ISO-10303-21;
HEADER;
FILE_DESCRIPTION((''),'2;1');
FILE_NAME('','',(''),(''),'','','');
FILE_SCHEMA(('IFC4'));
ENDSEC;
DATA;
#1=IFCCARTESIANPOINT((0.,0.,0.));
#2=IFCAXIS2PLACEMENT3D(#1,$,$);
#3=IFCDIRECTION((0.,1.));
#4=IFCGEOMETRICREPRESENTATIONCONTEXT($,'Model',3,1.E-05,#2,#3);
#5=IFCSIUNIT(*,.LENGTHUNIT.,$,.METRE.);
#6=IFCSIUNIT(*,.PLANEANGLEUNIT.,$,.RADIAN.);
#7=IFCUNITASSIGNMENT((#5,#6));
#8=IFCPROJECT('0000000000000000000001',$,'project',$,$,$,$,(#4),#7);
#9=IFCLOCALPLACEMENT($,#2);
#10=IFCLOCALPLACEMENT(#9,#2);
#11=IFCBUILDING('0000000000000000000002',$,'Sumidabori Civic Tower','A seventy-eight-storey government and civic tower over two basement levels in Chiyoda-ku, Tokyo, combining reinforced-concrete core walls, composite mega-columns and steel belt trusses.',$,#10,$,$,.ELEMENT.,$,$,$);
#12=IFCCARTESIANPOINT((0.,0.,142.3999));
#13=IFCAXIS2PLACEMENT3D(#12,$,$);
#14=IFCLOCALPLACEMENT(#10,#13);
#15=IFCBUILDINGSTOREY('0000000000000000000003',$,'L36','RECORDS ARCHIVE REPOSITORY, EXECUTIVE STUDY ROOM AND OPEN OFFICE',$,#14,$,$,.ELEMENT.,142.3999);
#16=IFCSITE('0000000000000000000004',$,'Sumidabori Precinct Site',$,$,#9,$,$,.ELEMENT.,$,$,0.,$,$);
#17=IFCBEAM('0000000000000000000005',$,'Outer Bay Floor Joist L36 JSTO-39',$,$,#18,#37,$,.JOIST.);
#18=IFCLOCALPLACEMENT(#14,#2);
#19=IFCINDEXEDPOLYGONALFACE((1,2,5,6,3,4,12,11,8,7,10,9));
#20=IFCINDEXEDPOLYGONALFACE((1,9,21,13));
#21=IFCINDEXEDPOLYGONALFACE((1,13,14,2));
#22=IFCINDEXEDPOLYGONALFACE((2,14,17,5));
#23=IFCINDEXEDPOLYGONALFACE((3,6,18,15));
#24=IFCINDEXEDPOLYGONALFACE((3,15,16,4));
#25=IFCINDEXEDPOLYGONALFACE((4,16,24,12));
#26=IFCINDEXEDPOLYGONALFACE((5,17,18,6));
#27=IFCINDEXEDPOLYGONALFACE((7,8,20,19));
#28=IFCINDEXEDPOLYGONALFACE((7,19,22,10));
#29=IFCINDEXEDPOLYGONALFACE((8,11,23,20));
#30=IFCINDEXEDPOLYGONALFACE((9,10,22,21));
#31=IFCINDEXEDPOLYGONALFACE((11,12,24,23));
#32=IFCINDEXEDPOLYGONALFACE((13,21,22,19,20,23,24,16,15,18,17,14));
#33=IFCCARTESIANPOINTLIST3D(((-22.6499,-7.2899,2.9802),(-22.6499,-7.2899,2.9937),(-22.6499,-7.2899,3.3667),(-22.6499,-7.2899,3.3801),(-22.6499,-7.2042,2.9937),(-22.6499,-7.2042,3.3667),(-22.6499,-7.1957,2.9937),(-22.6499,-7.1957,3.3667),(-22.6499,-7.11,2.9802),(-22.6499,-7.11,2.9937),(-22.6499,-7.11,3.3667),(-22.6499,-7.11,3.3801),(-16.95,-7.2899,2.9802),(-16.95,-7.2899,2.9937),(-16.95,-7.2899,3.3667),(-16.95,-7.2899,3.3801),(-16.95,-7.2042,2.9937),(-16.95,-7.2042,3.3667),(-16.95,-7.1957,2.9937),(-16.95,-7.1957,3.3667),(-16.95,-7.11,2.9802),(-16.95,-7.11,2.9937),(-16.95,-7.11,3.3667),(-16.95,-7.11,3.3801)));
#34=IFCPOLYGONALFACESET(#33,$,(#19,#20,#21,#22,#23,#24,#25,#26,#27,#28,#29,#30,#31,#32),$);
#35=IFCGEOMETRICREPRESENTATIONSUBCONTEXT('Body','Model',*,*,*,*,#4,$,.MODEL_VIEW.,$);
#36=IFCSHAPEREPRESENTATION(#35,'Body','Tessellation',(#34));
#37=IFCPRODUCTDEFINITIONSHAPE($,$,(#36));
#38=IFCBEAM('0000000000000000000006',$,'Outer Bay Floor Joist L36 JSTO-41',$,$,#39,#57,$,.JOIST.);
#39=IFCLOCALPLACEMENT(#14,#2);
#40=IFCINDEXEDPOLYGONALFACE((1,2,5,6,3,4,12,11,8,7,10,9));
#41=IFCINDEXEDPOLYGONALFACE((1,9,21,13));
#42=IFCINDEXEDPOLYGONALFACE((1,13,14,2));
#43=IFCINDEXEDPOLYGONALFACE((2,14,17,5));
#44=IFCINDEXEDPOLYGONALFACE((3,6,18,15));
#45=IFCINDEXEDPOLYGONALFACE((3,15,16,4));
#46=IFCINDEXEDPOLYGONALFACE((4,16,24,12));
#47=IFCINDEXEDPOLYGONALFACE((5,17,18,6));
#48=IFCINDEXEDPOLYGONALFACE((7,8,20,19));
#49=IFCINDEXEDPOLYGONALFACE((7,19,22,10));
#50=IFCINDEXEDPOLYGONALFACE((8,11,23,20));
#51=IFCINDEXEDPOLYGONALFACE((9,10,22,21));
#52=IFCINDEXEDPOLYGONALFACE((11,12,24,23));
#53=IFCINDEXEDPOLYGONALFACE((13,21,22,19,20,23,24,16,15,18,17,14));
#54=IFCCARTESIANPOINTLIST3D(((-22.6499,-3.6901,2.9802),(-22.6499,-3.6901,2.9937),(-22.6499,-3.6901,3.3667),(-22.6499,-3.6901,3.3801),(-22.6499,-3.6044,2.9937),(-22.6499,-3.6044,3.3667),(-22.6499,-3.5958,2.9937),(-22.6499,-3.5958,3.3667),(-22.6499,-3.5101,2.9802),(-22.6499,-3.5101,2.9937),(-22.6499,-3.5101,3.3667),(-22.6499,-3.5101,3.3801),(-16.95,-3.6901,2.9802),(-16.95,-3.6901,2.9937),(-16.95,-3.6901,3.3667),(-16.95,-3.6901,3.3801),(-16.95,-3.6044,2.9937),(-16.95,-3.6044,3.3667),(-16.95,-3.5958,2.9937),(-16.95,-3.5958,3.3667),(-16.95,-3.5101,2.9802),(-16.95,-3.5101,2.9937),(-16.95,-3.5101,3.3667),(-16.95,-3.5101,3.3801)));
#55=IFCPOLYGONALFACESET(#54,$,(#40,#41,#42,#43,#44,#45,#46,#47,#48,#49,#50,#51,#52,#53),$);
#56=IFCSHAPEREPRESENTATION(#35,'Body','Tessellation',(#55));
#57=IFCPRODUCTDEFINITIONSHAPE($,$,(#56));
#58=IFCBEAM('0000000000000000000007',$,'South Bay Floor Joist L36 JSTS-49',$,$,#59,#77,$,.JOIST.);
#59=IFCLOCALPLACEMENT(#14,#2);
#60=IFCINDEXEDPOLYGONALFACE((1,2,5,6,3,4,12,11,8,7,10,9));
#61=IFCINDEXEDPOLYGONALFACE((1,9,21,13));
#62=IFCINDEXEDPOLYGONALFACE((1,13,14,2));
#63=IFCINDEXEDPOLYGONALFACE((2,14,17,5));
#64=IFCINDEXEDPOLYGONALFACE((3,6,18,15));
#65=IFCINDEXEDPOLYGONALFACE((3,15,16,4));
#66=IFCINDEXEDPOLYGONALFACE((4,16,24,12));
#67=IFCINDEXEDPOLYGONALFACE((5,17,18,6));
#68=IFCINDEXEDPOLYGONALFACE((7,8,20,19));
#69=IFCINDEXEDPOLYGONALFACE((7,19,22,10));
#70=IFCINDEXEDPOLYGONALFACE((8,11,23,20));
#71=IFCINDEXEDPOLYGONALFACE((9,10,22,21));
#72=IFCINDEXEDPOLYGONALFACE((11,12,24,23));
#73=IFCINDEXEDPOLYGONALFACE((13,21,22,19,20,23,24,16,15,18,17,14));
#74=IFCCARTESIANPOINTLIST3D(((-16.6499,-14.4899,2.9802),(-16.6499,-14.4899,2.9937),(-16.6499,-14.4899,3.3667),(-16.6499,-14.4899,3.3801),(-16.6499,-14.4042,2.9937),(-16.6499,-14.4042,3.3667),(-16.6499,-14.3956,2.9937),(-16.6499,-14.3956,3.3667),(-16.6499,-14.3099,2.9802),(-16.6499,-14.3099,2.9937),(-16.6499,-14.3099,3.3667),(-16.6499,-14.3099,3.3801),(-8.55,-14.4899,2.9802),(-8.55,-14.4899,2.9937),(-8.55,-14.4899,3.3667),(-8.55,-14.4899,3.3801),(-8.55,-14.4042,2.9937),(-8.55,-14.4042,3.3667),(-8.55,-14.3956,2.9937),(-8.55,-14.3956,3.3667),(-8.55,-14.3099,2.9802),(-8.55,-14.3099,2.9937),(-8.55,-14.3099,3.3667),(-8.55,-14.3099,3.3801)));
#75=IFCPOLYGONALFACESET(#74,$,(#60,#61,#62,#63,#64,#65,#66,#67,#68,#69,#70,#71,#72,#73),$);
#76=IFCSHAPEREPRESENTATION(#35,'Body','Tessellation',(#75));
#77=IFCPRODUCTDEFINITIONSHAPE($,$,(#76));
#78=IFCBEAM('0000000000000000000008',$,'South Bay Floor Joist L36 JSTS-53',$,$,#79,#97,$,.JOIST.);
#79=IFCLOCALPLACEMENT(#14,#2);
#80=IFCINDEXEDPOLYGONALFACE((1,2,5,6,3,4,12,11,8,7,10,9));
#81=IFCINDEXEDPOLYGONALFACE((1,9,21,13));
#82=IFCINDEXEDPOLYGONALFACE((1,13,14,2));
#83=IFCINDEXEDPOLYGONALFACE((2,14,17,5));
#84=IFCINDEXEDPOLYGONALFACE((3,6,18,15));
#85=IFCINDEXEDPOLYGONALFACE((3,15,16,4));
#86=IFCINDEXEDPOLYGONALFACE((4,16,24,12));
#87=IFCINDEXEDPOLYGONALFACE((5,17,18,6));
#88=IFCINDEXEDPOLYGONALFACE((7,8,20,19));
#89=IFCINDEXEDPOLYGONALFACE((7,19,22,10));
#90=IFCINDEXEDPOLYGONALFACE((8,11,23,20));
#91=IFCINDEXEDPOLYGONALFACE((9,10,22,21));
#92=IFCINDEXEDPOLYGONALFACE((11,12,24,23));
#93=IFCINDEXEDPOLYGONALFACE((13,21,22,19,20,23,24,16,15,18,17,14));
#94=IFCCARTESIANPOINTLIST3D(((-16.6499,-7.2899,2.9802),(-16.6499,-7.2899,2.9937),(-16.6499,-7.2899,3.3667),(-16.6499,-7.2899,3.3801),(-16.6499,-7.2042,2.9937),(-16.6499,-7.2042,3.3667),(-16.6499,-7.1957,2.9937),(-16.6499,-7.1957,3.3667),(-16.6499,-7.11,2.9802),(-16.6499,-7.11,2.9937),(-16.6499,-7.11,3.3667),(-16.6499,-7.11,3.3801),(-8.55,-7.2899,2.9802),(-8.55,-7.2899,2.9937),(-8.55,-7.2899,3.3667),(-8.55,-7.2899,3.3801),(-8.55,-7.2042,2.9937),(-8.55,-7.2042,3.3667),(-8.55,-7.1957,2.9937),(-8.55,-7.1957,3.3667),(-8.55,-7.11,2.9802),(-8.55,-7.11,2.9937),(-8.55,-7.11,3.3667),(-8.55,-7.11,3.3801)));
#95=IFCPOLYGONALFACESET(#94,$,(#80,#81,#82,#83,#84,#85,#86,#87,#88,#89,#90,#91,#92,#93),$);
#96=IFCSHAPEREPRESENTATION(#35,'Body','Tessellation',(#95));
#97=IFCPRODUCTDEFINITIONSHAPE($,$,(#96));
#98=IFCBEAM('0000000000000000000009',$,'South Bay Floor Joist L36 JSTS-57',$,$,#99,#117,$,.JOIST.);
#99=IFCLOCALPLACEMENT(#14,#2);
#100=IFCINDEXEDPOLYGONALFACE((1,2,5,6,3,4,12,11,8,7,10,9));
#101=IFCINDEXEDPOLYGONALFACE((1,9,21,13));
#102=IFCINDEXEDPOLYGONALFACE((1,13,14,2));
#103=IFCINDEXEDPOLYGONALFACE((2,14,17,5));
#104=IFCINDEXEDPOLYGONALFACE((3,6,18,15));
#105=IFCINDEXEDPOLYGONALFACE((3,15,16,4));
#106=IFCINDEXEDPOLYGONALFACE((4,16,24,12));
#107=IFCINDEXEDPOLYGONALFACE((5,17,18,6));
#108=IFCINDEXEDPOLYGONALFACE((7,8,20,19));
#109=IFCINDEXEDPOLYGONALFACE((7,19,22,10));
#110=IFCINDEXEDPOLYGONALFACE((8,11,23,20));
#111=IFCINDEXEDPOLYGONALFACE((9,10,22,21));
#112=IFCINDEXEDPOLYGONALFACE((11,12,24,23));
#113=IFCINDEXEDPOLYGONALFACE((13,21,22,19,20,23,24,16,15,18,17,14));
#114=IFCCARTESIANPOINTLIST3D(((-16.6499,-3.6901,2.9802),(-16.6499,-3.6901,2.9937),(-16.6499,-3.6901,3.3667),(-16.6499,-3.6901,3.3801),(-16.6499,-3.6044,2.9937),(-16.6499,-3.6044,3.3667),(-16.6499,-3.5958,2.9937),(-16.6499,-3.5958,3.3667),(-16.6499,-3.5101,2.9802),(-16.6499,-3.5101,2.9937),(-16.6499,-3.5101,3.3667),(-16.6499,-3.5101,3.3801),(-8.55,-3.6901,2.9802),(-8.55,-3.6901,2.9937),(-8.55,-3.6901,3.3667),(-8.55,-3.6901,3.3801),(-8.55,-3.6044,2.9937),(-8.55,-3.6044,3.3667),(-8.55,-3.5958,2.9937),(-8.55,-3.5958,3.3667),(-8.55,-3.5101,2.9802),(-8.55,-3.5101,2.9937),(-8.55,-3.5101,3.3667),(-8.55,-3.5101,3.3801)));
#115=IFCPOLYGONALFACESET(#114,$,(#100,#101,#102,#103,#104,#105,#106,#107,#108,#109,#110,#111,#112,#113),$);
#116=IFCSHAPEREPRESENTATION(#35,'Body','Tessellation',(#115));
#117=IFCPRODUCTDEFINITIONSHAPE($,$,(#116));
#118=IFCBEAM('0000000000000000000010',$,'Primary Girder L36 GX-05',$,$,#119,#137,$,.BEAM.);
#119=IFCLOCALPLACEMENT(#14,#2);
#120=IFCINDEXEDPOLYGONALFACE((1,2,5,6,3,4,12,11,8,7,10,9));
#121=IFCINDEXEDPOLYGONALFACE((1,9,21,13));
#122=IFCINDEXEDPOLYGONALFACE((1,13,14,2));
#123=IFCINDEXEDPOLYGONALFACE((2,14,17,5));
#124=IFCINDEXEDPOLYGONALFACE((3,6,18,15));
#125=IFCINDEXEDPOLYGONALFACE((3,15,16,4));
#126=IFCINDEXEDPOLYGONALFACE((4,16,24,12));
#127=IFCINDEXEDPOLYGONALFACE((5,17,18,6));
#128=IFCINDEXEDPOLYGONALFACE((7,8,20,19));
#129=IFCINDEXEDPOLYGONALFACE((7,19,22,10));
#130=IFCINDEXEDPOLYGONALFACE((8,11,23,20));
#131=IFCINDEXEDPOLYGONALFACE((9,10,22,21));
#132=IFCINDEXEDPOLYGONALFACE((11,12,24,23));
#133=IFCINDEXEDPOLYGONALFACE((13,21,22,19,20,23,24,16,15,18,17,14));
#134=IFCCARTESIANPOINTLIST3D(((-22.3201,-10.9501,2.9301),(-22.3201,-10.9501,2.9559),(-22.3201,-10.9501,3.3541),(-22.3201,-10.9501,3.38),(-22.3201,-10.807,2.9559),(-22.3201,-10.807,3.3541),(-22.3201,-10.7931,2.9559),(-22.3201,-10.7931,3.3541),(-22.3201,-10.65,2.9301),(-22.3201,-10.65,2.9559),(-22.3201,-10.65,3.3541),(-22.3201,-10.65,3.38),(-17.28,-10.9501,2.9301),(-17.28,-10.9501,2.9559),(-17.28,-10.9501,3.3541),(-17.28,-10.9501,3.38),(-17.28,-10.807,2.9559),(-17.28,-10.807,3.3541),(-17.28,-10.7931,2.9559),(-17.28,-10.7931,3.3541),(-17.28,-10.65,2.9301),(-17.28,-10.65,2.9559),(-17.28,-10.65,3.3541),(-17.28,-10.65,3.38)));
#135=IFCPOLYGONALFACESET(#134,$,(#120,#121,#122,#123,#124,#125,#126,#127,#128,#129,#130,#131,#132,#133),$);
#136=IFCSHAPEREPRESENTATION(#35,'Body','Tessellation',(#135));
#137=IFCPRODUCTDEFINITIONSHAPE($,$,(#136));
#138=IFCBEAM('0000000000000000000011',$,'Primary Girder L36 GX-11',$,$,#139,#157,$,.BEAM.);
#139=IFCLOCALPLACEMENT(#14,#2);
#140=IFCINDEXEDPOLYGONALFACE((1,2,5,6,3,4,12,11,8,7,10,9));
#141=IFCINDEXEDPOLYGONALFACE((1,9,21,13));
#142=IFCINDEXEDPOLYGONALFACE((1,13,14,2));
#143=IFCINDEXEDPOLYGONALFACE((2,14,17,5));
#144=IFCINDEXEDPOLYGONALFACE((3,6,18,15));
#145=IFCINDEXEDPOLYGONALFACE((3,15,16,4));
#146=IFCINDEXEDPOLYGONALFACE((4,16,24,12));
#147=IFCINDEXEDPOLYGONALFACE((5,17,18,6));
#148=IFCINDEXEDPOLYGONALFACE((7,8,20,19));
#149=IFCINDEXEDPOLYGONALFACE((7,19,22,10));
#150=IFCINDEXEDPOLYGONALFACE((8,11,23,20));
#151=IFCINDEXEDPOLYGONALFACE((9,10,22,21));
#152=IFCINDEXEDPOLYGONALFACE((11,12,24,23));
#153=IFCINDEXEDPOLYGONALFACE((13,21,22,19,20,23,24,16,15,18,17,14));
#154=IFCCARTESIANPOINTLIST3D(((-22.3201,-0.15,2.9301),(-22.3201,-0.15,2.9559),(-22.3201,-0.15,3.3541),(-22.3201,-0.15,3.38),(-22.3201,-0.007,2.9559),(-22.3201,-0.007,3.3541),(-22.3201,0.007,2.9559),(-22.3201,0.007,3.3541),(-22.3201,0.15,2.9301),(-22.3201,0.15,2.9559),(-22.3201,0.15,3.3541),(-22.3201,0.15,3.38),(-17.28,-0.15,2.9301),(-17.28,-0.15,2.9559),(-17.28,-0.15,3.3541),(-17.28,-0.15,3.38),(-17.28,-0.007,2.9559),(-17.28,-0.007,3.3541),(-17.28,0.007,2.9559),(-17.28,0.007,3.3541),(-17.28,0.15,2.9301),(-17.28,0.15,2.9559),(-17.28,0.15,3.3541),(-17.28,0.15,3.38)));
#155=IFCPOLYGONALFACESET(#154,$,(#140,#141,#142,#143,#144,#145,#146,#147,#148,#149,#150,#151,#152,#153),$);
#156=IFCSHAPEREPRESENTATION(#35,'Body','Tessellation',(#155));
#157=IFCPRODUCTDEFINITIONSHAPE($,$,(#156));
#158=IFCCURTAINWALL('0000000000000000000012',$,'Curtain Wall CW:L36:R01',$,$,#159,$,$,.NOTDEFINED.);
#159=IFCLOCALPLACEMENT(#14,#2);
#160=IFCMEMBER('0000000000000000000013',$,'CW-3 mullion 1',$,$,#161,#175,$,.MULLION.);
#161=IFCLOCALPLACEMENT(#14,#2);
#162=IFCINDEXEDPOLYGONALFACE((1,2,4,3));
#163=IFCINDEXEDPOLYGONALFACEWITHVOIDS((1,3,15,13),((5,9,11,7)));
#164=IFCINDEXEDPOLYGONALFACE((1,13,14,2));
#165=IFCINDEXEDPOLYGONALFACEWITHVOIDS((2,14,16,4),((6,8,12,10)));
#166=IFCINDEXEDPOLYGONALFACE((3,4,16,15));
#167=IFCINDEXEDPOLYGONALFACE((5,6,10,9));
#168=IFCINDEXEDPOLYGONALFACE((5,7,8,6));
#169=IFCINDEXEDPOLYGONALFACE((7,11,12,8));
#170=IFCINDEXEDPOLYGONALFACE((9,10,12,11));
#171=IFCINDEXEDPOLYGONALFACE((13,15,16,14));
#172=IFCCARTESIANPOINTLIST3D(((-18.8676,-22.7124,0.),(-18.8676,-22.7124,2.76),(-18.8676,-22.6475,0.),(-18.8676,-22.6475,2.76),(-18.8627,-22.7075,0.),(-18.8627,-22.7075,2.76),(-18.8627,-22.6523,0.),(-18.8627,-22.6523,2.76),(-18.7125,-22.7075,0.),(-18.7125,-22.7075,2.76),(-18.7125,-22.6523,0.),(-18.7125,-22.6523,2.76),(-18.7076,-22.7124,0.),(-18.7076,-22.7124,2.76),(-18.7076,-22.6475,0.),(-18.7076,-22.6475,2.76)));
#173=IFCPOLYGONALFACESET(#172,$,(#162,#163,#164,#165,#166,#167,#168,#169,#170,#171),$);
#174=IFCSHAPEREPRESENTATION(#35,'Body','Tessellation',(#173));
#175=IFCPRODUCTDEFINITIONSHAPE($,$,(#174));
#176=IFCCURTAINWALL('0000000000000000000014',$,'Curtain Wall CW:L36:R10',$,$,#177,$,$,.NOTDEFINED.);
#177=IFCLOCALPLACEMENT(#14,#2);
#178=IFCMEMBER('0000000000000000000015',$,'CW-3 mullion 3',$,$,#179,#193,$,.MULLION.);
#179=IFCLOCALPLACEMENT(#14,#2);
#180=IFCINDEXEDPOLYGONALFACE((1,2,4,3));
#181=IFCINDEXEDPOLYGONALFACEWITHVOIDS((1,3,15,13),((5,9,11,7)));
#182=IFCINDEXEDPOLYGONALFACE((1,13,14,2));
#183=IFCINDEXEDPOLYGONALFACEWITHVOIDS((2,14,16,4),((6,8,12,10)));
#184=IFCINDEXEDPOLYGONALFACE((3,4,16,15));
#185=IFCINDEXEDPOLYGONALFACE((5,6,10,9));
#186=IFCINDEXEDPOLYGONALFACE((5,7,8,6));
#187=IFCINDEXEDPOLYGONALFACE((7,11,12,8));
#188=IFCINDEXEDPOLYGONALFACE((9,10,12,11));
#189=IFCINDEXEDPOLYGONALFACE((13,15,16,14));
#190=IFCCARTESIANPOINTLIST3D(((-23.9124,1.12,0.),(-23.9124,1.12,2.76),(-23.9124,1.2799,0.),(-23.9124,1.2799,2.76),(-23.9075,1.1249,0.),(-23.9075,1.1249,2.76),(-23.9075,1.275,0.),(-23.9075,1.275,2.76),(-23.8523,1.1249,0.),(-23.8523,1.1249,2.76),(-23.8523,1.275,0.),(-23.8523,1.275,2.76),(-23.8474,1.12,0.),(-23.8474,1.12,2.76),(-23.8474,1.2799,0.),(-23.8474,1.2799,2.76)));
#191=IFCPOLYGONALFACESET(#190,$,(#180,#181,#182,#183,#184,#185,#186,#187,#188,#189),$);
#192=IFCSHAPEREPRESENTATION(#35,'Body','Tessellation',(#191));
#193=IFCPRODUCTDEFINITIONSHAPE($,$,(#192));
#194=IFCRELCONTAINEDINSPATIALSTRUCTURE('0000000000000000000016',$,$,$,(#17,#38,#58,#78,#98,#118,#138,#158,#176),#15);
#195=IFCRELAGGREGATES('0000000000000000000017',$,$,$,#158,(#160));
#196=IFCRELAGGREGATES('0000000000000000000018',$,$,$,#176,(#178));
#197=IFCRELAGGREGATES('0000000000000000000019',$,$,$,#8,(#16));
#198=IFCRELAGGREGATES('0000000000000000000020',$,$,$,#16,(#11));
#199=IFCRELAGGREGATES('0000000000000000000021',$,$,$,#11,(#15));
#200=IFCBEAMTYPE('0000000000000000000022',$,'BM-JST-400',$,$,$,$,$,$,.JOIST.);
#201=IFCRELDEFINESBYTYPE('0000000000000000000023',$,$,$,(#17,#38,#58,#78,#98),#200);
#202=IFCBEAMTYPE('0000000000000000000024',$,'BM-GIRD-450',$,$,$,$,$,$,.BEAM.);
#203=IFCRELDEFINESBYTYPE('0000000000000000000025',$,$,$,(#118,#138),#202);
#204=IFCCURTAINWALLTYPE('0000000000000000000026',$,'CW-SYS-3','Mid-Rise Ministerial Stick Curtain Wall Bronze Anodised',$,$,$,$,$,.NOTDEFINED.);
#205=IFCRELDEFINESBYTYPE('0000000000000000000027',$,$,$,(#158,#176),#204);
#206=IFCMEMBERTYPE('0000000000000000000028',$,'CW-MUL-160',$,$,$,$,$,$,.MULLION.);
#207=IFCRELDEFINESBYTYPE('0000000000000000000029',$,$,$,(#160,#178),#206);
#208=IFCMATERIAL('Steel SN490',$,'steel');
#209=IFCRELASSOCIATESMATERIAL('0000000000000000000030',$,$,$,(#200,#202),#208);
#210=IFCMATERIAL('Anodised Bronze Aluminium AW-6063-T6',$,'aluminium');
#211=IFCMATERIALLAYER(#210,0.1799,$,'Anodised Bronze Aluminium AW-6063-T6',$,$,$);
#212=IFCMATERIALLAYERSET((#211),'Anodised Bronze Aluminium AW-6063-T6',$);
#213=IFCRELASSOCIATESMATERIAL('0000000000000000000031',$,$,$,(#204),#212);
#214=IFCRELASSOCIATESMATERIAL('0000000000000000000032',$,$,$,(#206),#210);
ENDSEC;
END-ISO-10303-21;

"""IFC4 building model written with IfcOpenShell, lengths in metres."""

from ifc_helpers import new_model, si_unit, direction, frame, origin, origin_2d, place, context, subcontext, project, spatial, hollow_rectangle, i_section, extrude, source, transform, mapped, material, layer, layer_set, material_profile, profile_set, type_object, element, aggregate, save


model = new_model("IFC4")

# Units and contexts
model_context = context("Model", 3, precision=1e-05, world=origin(), true_north=direction((0.0, 1.0)))
body_context = subcontext(model_context, "Body", "Model", "MODEL_VIEW")
ifc_project = project(units=[si_unit("LENGTHUNIT", "METRE"), si_unit("PLANEANGLEUNIT", "RADIAN")], contexts=[model_context])

# Site, building, storey
site_placement = place(None, origin())
site = spatial("IfcSite", under=ifc_project, at=site_placement, Name="Sumidabori Precinct Site", CompositionType="ELEMENT", RefElevation=0.0)
building_placement = place(site_placement, origin())
building = spatial("IfcBuilding", under=site, at=building_placement, Name="Sumidabori Civic Tower", Description="A seventy-eight-storey government and civic tower over two basement levels in Chiyoda-ku, Tokyo, combining reinforced-concrete core walls, composite mega-columns and steel belt trusses.", CompositionType="ELEMENT")
storey_placement = place(building_placement, frame((0.0, 0.0, 142.3999)))
storey = spatial("IfcBuildingStorey", under=building, at=storey_placement, Name="L36", Description="RECORDS ARCHIVE REPOSITORY, EXECUTIVE STUDY ROOM AND OPEN OFFICE", CompositionType="ELEMENT", Elevation=142.3999)

# Beams
ifc_material_1 = material(Name="Steel SN490", Category="steel")
ifc_material_profile_1 = material_profile(ifc_material_1, i_section(OverallWidth=0.1799, OverallDepth=0.3999, WebThickness=0.0085, FlangeThickness=0.0134, at=origin_2d()), Name="IPE 400")
ifc_profile_set_1 = profile_set([ifc_material_profile_1], Name="Steel SN490")
beam_type_1 = type_object("IfcBeamType", Name="BM-JST-400", PredefinedType="JOIST", material=ifc_profile_set_1)
shared_shape_1 = source(origin(), body_context, "Body", "SweptSolid", [
    extrude(i_section(OverallWidth=0.1799, OverallDepth=0.3999, WebThickness=0.0085, FlangeThickness=0.0134, at=origin_2d()), origin(), (0.0, 0.0, 1.0), 5.7),
])
for number, where, z_axis, x_axis, name in (
    (1, (-22.6499, -7.2, 3.1802), (1.0, 0.0, 0.0), (0.0, 1.0, 0.0), "Outer Bay Floor Joist L36 JSTO-39"),
    (2, (-22.6499, -3.6001, 3.1802), (1.0, 0.0, 0.0), (0.0, 1.0, 0.0), "Outer Bay Floor Joist L36 JSTO-41"),
):
    element("IfcBeam", number, at=place(storey_placement, frame(where, z_axis=z_axis, x_axis=x_axis)), inside=storey, type_object=beam_type_1, Name=name, PredefinedType="JOIST", context=body_context, shape_type="MappedRepresentation", body=[
        mapped(shared_shape_1, transform((0.0, 0.0, 0.0), x_axis=(1.0, 0.0, 0.0), y_axis=(0.0, 1.0, 0.0), z_axis=(0.0, 0.0, 1.0), scale=1.0)),
    ])
shared_shape_2 = source(origin(), body_context, "Body", "SweptSolid", [
    extrude(i_section(OverallWidth=0.1799, OverallDepth=0.3999, WebThickness=0.0085, FlangeThickness=0.0134, at=origin_2d()), origin(), (0.0, 0.0, 1.0), 8.0999),
])
for number, where, z_axis, x_axis, name in (
    (3, (-16.6499, -14.3999, 3.1802), (1.0, 0.0, 0.0), (0.0, 1.0, 0.0), "South Bay Floor Joist L36 JSTS-49"),
    (4, (-16.6499, -7.2, 3.1802), (1.0, 0.0, 0.0), (0.0, 1.0, 0.0), "South Bay Floor Joist L36 JSTS-53"),
    (5, (-16.6499, -3.6001, 3.1802), (1.0, 0.0, 0.0), (0.0, 1.0, 0.0), "South Bay Floor Joist L36 JSTS-57"),
):
    element("IfcBeam", number, at=place(storey_placement, frame(where, z_axis=z_axis, x_axis=x_axis)), inside=storey, type_object=beam_type_1, Name=name, PredefinedType="JOIST", context=body_context, shape_type="MappedRepresentation", body=[
        mapped(shared_shape_2, transform((0.0, 0.0, 0.0), x_axis=(1.0, 0.0, 0.0), y_axis=(0.0, 1.0, 0.0), z_axis=(0.0, 0.0, 1.0), scale=1.0)),
    ])
ifc_material_profile_2 = material_profile(ifc_material_1, i_section(OverallWidth=0.3, OverallDepth=0.45, WebThickness=0.0139, FlangeThickness=0.0259, at=origin_2d()), Name="HE 450 B")
ifc_profile_set_2 = profile_set([ifc_material_profile_2], Name="Steel SN490")
beam_type_2 = type_object("IfcBeamType", Name="BM-GIRD-450", PredefinedType="BEAM", material=ifc_profile_set_2)
shared_shape_3 = source(origin(), body_context, "Body", "SweptSolid", [
    extrude(i_section(OverallWidth=0.3, OverallDepth=0.45, WebThickness=0.0139, FlangeThickness=0.0259, at=origin_2d()), origin(), (0.0, 0.0, 1.0), 5.04),
])
for number, where, z_axis, x_axis, name in (
    (6, (-22.3201, -10.8, 3.155), (1.0, 0.0, 0.0), (0.0, 1.0, 0.0), "Primary Girder L36 GX-05"),
    (7, (-22.3201, 0.0, 3.155), (1.0, 0.0, 0.0), (0.0, 1.0, 0.0), "Primary Girder L36 GX-11"),
):
    element("IfcBeam", number, at=place(storey_placement, frame(where, z_axis=z_axis, x_axis=x_axis)), inside=storey, type_object=beam_type_2, Name=name, PredefinedType="BEAM", context=body_context, shape_type="MappedRepresentation", body=[
        mapped(shared_shape_3, transform((0.0, 0.0, 0.0), x_axis=(1.0, 0.0, 0.0), y_axis=(0.0, 1.0, 0.0), z_axis=(0.0, 0.0, 1.0), scale=1.0)),
    ])

# Curtain wall, member
ifc_material_2 = material(Name="Anodised Bronze Aluminium AW-6063-T6", Category="aluminium")
ifc_layer_1 = layer(ifc_material_2, 0.1799, Name="Anodised Bronze Aluminium AW-6063-T6")
ifc_layer_set_1 = layer_set([ifc_layer_1], Name="Anodised Bronze Aluminium AW-6063-T6")
curtain_wall_type = type_object("IfcCurtainWallType", Name="CW-SYS-3", Description="Mid-Rise Ministerial Stick Curtain Wall Bronze Anodised", PredefinedType="NOTDEFINED", material=ifc_layer_set_1)
curtain_wall_1_placement = place(storey_placement, origin())
curtain_wall_1 = element("IfcCurtainWall", 8, at=curtain_wall_1_placement, inside=storey, type_object=curtain_wall_type, Name="Curtain Wall CW:L36:R01", PredefinedType="NOTDEFINED")
ifc_material_profile_3 = material_profile(ifc_material_2, hollow_rectangle(XDim=0.0649, YDim=0.1599, WallThickness=0.0049, at=origin_2d()), Name="ALU MULLION 160x65")
ifc_profile_set_3 = profile_set([ifc_material_profile_3], Name="Anodised Bronze Aluminium AW-6063-T6")
member_type_1 = type_object("IfcMemberType", Name="CW-MUL-160", PredefinedType="MULLION", material=ifc_profile_set_3)
shared_shape_4 = source(origin(), body_context, "Body", "SweptSolid", [
    extrude(hollow_rectangle(XDim=0.0649, YDim=0.1599, WallThickness=0.0049, at=origin_2d()), origin(), (0.0, 0.0, 1.0), 2.76),
])
member_1_placement = place(storey_placement, frame((-18.7876, -22.6799, 0.0), z_axis=(0.0, 0.0, 1.0), x_axis=(0.0, 1.0, 0.0)))
member_1 = element("IfcMember", 9, at=member_1_placement, type_object=member_type_1, Name="CW-3 mullion 1", PredefinedType="MULLION", context=body_context, shape_type="MappedRepresentation", body=[
    mapped(shared_shape_4, transform((0.0, 0.0, 0.0), x_axis=(1.0, 0.0, 0.0), y_axis=(0.0, 1.0, 0.0), z_axis=(0.0, 0.0, 1.0), scale=1.0)),
])

# Curtain wall, member
curtain_wall_2_placement = place(storey_placement, origin())
curtain_wall_2 = element("IfcCurtainWall", 10, at=curtain_wall_2_placement, inside=storey, type_object=curtain_wall_type, Name="Curtain Wall CW:L36:R10", PredefinedType="NOTDEFINED")
member_2_placement = place(storey_placement, frame((-23.8799, 1.2, 0.0), z_axis=(0.0, 0.0, 1.0), x_axis=(1.0, 0.0, 0.0)))
member_2 = element("IfcMember", 11, at=member_2_placement, type_object=member_type_1, Name="CW-3 mullion 3", PredefinedType="MULLION", context=body_context, shape_type="MappedRepresentation", body=[
    mapped(shared_shape_4, transform((0.0, 0.0, 0.0), x_axis=(1.0, 0.0, 0.0), y_axis=(0.0, 1.0, 0.0), z_axis=(0.0, 0.0, 1.0), scale=1.0)),
])

aggregate(curtain_wall_1, [member_1])

aggregate(curtain_wall_2, [member_2])

save(model, "model.ifc")
